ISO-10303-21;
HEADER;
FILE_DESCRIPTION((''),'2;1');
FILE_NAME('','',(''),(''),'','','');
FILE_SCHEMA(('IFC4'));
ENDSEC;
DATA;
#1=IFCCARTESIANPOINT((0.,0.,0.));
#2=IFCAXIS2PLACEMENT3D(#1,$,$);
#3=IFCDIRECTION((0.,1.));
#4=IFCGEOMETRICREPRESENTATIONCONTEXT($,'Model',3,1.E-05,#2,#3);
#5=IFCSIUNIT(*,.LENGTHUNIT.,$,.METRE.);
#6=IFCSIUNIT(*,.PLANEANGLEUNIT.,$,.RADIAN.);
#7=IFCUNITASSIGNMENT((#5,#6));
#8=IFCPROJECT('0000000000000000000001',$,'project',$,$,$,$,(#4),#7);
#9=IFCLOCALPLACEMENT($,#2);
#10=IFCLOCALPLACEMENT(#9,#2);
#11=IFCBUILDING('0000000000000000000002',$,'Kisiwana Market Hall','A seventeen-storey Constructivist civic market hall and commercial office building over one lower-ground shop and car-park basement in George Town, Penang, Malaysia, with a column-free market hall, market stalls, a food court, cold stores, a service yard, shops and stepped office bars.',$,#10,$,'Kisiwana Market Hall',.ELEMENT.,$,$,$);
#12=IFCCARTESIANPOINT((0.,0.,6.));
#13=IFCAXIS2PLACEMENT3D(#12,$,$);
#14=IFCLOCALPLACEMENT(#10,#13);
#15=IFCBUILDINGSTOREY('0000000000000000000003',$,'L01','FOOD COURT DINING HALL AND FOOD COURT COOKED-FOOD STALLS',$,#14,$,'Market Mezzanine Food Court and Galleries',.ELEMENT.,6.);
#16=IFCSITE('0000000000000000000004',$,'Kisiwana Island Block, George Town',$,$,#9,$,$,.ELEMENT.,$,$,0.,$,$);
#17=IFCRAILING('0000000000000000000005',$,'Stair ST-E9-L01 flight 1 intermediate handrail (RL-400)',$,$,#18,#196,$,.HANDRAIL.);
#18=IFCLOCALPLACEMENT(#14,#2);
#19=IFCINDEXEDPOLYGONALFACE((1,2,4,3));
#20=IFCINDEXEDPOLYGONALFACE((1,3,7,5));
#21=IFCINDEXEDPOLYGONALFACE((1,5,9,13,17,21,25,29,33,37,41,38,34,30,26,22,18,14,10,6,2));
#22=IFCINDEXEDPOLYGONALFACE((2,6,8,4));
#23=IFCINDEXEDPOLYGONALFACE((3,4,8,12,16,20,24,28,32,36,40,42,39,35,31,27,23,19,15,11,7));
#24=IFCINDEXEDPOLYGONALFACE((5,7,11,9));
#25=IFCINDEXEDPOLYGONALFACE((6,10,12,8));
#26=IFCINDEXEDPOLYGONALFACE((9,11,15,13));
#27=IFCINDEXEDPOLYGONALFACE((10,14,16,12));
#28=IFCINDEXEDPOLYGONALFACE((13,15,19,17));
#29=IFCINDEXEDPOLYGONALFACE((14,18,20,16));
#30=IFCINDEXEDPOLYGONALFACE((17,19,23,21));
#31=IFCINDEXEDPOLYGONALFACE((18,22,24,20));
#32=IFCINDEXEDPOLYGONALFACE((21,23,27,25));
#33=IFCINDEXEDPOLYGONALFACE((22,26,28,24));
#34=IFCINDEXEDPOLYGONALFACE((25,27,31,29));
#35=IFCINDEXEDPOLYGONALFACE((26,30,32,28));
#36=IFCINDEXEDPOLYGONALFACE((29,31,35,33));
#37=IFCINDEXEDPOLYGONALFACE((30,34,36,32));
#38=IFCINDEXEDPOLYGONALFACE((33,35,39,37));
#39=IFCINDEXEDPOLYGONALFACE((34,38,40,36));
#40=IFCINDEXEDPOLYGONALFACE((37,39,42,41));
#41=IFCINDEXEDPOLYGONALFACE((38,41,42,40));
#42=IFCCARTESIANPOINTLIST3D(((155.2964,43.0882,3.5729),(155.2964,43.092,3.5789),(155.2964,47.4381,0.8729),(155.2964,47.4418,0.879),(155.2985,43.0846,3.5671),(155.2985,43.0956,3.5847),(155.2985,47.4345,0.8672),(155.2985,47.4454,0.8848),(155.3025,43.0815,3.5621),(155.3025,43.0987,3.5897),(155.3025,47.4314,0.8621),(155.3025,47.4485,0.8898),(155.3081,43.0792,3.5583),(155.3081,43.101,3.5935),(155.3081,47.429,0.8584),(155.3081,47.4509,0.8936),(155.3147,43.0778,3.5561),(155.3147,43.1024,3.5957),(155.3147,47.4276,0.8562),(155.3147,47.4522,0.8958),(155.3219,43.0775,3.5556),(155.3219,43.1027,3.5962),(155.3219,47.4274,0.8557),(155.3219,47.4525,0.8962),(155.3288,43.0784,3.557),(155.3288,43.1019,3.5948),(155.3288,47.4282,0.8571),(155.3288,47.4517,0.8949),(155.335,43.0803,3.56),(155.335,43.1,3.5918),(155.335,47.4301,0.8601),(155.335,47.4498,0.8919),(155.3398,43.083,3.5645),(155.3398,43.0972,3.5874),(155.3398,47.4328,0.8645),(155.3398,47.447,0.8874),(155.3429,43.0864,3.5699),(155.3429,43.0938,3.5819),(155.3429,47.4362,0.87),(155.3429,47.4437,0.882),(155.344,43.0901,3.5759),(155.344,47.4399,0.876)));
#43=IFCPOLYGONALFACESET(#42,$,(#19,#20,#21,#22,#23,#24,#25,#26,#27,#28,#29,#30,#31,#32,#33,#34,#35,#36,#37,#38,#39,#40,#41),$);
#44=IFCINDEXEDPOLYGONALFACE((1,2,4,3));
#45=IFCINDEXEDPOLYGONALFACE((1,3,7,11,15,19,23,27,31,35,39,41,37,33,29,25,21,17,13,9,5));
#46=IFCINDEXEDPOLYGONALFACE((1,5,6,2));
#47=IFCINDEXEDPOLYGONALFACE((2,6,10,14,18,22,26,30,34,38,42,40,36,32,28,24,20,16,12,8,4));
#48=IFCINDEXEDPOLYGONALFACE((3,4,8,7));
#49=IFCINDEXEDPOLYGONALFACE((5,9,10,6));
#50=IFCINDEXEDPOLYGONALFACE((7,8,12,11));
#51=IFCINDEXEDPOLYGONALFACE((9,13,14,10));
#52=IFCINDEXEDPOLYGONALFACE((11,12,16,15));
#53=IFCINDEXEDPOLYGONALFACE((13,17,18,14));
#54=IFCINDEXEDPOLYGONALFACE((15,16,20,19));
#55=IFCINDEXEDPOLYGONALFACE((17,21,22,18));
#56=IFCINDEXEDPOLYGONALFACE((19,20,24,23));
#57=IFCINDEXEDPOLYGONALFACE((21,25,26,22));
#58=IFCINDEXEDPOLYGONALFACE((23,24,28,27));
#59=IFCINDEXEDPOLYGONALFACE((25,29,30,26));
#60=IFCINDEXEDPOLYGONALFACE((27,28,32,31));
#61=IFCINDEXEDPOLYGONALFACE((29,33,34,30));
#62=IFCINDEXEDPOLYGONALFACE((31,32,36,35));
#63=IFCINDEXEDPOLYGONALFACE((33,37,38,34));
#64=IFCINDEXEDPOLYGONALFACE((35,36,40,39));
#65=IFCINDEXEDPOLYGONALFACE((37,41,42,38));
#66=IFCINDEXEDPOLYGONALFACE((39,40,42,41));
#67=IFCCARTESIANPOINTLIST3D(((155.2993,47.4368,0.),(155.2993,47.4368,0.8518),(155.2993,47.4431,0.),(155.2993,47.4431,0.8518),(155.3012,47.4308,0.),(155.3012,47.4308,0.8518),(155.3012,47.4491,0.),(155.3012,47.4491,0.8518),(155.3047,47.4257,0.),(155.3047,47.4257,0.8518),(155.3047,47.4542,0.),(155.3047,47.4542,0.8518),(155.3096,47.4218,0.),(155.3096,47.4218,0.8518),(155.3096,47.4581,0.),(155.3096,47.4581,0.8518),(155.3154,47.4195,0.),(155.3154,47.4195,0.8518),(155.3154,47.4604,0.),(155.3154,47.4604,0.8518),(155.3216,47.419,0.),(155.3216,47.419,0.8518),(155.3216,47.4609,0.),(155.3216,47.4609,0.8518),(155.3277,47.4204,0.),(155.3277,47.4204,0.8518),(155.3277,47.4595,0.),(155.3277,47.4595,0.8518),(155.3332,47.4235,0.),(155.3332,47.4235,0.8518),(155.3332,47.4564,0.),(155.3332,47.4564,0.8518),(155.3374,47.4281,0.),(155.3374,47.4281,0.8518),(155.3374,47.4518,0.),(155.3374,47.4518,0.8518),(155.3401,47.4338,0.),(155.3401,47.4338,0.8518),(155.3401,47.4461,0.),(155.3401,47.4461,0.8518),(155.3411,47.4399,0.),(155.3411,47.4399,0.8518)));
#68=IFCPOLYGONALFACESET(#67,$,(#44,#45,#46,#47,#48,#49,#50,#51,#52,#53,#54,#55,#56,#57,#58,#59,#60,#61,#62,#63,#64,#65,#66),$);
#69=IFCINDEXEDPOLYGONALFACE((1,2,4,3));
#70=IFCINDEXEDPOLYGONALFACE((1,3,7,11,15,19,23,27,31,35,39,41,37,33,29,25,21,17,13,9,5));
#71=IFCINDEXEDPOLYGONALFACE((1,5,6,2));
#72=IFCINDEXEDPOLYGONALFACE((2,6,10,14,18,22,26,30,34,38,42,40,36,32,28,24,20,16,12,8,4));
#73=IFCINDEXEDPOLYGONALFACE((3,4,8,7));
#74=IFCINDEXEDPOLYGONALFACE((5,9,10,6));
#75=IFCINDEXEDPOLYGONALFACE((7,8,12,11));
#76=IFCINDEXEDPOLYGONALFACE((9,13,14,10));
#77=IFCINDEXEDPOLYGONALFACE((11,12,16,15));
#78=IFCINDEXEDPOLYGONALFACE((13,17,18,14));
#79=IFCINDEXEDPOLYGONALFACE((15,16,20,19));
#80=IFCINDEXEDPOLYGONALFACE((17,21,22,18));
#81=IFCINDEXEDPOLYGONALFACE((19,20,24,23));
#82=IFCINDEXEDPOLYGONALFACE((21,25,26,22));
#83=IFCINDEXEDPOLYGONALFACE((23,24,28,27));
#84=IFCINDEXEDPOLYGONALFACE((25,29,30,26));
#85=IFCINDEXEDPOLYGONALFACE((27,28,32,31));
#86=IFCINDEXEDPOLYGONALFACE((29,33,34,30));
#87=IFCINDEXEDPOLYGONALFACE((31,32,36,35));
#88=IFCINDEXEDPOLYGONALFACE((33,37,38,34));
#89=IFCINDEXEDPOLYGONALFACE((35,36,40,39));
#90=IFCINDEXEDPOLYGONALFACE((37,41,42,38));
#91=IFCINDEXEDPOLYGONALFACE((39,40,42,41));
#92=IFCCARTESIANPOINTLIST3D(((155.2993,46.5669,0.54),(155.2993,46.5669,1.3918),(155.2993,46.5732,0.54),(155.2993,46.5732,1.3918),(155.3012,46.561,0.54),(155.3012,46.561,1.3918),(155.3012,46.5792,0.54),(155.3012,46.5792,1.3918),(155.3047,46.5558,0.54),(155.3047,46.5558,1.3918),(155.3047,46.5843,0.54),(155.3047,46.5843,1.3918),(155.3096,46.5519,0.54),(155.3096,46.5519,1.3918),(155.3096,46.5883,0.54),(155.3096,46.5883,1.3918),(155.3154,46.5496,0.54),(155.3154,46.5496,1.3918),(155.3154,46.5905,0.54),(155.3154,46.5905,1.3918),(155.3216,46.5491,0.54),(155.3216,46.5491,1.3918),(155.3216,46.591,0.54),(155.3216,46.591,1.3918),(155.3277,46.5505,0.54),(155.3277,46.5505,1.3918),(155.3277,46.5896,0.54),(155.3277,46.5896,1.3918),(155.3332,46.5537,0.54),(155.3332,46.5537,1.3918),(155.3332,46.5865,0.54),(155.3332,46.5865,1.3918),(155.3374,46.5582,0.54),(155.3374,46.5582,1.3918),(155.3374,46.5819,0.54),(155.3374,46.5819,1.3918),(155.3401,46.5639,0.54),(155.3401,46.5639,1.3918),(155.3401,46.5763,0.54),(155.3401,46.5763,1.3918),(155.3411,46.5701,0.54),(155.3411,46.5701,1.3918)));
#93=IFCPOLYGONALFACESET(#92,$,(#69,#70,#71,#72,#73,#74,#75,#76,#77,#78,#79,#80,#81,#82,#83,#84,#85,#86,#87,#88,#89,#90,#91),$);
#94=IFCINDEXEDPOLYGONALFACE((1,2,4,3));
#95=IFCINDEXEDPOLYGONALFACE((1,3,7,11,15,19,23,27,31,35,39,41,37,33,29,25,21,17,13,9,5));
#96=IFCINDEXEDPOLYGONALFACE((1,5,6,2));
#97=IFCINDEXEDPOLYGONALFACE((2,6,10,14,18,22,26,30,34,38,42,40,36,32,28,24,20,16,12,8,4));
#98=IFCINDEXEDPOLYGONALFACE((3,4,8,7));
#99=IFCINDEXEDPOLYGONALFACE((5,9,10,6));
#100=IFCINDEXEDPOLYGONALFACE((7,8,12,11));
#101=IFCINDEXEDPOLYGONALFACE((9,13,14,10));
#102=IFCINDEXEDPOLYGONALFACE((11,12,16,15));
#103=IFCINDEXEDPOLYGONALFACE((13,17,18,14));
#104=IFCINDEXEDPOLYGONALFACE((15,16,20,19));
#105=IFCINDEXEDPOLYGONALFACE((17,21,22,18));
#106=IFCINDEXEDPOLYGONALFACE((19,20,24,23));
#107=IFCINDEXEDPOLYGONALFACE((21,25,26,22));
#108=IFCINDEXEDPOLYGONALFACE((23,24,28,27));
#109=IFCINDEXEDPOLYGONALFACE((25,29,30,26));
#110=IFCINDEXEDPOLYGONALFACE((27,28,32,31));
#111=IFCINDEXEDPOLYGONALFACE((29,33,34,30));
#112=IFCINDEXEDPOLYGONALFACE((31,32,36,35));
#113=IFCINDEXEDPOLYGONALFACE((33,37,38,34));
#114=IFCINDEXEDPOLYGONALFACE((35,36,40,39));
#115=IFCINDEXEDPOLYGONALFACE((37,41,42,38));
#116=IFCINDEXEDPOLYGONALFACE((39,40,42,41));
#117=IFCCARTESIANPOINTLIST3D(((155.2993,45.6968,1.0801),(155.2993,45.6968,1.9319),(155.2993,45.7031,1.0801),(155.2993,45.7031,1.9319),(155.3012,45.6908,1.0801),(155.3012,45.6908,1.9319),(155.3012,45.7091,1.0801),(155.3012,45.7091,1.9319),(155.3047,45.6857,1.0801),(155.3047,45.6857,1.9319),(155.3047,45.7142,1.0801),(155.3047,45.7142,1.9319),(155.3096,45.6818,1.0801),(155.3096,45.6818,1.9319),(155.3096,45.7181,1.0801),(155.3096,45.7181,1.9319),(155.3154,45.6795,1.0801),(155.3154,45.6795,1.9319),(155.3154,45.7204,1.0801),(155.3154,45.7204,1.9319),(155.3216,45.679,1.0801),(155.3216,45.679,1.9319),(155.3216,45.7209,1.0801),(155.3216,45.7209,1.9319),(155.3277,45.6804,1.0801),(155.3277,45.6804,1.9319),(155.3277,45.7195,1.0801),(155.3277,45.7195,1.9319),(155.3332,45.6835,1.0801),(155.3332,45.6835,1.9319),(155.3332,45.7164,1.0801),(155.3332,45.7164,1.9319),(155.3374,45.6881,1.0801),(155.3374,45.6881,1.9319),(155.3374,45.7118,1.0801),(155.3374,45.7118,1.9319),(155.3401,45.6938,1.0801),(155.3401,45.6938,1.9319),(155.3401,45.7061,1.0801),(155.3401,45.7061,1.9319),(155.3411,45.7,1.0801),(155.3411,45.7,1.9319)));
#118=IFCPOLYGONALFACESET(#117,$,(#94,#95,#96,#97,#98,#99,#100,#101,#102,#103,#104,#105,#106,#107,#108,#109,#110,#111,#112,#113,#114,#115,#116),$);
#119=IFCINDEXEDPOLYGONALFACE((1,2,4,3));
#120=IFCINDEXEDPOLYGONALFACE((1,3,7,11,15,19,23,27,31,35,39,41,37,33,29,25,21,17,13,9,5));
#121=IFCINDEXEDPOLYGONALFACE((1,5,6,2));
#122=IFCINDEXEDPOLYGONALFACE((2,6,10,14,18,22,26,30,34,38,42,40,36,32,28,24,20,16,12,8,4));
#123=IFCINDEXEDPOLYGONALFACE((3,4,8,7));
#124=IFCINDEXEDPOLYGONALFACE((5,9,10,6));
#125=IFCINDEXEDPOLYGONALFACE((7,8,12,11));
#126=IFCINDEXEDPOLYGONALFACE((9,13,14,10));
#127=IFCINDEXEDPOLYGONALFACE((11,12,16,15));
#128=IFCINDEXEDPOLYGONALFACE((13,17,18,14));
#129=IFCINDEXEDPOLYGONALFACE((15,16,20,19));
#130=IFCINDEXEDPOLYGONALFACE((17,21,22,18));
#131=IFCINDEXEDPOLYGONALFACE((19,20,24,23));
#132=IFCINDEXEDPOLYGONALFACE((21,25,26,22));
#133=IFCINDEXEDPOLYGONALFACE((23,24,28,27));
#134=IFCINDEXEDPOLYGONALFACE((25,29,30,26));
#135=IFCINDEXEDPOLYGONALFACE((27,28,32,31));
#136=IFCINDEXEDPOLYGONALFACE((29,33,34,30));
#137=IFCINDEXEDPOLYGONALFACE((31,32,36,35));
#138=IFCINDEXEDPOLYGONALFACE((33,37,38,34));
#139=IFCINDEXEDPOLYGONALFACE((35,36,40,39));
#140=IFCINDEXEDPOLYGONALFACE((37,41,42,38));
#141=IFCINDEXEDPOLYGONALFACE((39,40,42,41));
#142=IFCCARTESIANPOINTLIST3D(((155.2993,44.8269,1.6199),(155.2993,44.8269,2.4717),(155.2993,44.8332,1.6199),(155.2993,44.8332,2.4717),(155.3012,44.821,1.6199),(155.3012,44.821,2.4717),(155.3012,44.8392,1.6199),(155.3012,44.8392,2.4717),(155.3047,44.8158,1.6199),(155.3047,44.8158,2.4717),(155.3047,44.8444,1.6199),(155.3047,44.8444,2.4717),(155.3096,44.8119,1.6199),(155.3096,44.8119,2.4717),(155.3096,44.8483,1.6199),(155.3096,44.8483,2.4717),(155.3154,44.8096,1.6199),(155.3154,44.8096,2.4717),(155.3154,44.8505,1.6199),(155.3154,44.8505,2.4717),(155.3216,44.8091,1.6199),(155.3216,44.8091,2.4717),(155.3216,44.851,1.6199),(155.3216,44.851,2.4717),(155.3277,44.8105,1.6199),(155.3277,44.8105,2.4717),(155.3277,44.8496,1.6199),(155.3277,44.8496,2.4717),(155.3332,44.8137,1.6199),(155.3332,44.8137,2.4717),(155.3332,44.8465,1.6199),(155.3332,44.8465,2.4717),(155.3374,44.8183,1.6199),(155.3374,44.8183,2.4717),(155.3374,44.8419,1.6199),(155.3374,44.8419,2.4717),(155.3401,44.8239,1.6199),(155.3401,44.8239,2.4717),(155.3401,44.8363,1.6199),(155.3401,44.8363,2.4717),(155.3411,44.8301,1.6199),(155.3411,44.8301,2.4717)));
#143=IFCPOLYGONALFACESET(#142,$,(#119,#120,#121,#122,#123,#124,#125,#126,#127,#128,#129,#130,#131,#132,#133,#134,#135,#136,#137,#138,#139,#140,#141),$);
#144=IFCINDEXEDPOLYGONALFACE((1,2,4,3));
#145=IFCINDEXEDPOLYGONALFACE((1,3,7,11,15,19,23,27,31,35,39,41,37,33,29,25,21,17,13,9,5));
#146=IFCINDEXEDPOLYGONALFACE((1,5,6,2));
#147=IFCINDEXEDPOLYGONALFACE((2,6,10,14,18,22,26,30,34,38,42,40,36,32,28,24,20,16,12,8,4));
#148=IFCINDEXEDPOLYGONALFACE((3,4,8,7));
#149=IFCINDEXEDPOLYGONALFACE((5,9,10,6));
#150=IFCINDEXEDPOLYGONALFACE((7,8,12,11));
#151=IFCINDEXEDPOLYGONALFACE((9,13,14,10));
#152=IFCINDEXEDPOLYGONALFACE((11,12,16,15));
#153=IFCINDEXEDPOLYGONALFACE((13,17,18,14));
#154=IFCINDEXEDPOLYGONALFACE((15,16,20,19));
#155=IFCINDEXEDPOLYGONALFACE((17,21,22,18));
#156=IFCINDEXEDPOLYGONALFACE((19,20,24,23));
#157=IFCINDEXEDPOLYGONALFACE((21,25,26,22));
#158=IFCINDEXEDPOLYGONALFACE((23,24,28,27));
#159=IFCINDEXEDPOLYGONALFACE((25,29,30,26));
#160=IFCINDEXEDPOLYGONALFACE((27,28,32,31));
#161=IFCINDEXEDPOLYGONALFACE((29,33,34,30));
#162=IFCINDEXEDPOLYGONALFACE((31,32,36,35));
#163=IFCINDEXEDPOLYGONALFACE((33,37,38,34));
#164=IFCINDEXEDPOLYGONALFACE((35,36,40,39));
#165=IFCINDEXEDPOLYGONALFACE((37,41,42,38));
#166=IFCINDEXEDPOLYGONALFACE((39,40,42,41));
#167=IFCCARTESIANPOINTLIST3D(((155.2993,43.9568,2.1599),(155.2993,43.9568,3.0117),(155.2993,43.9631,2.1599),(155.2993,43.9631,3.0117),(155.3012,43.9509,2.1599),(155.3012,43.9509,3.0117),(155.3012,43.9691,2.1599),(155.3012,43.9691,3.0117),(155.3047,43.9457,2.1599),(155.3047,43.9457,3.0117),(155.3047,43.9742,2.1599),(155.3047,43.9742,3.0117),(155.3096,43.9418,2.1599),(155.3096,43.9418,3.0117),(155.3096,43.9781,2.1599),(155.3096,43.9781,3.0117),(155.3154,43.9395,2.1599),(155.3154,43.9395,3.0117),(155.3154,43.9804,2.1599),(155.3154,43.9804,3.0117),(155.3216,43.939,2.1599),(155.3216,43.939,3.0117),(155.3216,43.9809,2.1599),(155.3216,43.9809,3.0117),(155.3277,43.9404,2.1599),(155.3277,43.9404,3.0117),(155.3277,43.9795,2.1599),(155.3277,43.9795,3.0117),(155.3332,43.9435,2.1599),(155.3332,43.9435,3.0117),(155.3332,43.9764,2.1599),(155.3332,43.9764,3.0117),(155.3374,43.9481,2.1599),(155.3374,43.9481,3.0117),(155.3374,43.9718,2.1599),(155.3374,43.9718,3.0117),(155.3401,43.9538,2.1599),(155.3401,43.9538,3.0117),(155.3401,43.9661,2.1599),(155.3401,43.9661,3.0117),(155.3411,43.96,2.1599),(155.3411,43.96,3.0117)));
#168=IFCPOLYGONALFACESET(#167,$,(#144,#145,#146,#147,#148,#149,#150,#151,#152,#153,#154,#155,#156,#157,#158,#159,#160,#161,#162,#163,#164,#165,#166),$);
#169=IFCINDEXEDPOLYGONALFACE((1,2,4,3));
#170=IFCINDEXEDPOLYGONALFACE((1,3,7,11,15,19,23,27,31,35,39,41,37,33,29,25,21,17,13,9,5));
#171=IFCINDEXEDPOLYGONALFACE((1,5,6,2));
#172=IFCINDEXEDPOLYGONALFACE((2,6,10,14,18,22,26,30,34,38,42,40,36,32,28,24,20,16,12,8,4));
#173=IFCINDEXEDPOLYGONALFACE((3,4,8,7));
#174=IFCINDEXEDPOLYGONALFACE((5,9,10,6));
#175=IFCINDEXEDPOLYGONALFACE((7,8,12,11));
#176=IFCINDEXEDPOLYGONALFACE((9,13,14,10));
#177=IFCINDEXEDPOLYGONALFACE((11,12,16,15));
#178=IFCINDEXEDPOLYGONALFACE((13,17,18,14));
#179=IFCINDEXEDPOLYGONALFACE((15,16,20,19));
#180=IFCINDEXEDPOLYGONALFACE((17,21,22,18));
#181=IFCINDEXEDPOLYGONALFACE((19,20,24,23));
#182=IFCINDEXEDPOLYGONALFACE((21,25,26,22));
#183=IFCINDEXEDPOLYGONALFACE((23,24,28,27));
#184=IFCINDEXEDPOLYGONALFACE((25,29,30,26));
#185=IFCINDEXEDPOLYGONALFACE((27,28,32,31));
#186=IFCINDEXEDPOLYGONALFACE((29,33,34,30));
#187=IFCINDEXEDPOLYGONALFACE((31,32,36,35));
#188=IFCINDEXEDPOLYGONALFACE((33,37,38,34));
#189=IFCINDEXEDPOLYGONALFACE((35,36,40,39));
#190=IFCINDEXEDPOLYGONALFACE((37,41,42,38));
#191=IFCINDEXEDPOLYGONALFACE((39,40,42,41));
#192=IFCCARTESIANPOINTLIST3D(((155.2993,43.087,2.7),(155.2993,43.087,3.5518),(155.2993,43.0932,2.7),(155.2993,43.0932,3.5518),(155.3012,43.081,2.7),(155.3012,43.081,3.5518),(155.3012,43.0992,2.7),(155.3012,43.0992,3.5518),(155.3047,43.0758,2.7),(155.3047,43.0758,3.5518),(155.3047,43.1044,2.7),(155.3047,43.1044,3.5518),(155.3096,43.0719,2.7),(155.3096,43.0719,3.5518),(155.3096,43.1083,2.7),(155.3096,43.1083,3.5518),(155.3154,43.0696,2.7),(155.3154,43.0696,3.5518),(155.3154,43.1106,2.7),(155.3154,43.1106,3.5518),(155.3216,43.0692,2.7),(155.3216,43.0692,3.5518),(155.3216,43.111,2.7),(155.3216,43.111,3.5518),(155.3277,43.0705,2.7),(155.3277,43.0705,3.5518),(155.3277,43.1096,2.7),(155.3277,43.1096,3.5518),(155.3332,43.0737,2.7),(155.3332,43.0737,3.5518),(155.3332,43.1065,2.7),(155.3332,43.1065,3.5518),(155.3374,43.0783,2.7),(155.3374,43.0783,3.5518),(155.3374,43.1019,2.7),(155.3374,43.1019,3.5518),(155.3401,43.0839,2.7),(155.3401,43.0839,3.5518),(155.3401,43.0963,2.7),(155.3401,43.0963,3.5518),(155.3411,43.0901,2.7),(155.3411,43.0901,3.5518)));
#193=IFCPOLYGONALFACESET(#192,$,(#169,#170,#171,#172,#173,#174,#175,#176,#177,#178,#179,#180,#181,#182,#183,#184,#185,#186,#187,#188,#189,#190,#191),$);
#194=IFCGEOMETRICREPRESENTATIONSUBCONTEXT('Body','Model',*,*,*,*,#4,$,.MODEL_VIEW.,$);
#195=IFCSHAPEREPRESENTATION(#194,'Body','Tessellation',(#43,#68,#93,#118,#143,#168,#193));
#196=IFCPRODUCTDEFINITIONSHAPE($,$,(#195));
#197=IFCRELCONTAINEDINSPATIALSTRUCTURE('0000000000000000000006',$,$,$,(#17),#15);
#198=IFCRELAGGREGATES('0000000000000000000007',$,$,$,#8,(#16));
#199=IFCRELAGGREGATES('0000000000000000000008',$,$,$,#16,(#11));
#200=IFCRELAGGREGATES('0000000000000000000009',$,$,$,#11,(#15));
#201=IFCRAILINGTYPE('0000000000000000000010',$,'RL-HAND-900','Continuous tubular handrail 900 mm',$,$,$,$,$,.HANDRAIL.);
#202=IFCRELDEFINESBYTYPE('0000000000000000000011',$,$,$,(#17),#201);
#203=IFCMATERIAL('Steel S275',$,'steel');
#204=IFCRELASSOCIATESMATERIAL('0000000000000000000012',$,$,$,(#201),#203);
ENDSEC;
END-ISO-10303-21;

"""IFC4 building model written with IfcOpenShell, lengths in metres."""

from ifc_helpers import new_model, si_unit, direction, frame, origin, origin_2d, place, context, subcontext, project, spatial, circle, extrude, material, type_object, element, save


model = new_model("IFC4")

# Units and contexts
model_context = context("Model", 3, precision=1e-05, world=origin(), true_north=direction((0.0, 1.0)))
body_context = subcontext(model_context, "Body", "Model", "MODEL_VIEW")
ifc_project = project(units=[si_unit("LENGTHUNIT", "METRE"), si_unit("PLANEANGLEUNIT", "RADIAN")], contexts=[model_context])

# Site, building, storey
site_placement = place(None, origin())
site = spatial("IfcSite", under=ifc_project, at=site_placement, Name="Kisiwana Island Block, George Town", CompositionType="ELEMENT", RefElevation=0.0)
building_placement = place(site_placement, origin())
building = spatial("IfcBuilding", under=site, at=building_placement, Name="Kisiwana Market Hall", Description="A seventeen-storey Constructivist civic market hall and commercial office building over one lower-ground shop and car-park basement in George Town, Penang, Malaysia, with a column-free market hall, market stalls, a food court, cold stores, a service yard, shops and stepped office bars.", LongName="Kisiwana Market Hall", CompositionType="ELEMENT")
storey_placement = place(building_placement, frame((0.0, 0.0, 6.0)))
storey = spatial("IfcBuildingStorey", under=building, at=storey_placement, Name="L01", Description="FOOD COURT DINING HALL AND FOOD COURT COOKED-FOOD STALLS", LongName="Market Mezzanine Food Court and Galleries", CompositionType="ELEMENT", Elevation=6.0)

# Railing
ifc_material_1 = material(Name="Steel S275", Category="steel")
railing_type_1 = type_object("IfcRailingType", Name="RL-HAND-900", Description="Continuous tubular handrail 900 mm", PredefinedType="HANDRAIL", material=ifc_material_1)
railing_1_placement = place(storey_placement, frame((155.3201, 47.4399, 0.0)))
element("IfcRailing", 1, at=railing_1_placement, inside=storey, type_object=railing_type_1, Name="Stair ST-E9-L01 flight 1 intermediate handrail (RL-400)", PredefinedType="HANDRAIL", context=body_context, shape_type="SweptSolid", body=[
    extrude(circle(Radius=0.0239, at=origin_2d()), frame((0.0, 0.0, 0.876), z_axis=(0.0, -0.849636, 0.527369), x_axis=(1.0, 0.0, 0.0)), (0.0, 0.0, 1.0), 5.1196),
    extrude(circle(Radius=0.021, at=origin_2d()), origin(), (0.0, 0.0, 1.0), 0.8518),
    extrude(circle(Radius=0.021, at=origin_2d()), frame((0.0, -0.8699, 0.54)), (0.0, 0.0, 1.0), 0.8518),
    extrude(circle(Radius=0.021, at=origin_2d()), frame((0.0, -1.74, 1.0801)), (0.0, 0.0, 1.0), 0.8518),
    extrude(circle(Radius=0.021, at=origin_2d()), frame((0.0, -2.6099, 1.6199)), (0.0, 0.0, 1.0), 0.8518),
    extrude(circle(Radius=0.021, at=origin_2d()), frame((0.0, -3.48, 2.1599)), (0.0, 0.0, 1.0), 0.8518),
    extrude(circle(Radius=0.021, at=origin_2d()), frame((0.0, -4.3499, 2.7)), (0.0, 0.0, 1.0), 0.8518),
])

save(model, "model.ifc")
